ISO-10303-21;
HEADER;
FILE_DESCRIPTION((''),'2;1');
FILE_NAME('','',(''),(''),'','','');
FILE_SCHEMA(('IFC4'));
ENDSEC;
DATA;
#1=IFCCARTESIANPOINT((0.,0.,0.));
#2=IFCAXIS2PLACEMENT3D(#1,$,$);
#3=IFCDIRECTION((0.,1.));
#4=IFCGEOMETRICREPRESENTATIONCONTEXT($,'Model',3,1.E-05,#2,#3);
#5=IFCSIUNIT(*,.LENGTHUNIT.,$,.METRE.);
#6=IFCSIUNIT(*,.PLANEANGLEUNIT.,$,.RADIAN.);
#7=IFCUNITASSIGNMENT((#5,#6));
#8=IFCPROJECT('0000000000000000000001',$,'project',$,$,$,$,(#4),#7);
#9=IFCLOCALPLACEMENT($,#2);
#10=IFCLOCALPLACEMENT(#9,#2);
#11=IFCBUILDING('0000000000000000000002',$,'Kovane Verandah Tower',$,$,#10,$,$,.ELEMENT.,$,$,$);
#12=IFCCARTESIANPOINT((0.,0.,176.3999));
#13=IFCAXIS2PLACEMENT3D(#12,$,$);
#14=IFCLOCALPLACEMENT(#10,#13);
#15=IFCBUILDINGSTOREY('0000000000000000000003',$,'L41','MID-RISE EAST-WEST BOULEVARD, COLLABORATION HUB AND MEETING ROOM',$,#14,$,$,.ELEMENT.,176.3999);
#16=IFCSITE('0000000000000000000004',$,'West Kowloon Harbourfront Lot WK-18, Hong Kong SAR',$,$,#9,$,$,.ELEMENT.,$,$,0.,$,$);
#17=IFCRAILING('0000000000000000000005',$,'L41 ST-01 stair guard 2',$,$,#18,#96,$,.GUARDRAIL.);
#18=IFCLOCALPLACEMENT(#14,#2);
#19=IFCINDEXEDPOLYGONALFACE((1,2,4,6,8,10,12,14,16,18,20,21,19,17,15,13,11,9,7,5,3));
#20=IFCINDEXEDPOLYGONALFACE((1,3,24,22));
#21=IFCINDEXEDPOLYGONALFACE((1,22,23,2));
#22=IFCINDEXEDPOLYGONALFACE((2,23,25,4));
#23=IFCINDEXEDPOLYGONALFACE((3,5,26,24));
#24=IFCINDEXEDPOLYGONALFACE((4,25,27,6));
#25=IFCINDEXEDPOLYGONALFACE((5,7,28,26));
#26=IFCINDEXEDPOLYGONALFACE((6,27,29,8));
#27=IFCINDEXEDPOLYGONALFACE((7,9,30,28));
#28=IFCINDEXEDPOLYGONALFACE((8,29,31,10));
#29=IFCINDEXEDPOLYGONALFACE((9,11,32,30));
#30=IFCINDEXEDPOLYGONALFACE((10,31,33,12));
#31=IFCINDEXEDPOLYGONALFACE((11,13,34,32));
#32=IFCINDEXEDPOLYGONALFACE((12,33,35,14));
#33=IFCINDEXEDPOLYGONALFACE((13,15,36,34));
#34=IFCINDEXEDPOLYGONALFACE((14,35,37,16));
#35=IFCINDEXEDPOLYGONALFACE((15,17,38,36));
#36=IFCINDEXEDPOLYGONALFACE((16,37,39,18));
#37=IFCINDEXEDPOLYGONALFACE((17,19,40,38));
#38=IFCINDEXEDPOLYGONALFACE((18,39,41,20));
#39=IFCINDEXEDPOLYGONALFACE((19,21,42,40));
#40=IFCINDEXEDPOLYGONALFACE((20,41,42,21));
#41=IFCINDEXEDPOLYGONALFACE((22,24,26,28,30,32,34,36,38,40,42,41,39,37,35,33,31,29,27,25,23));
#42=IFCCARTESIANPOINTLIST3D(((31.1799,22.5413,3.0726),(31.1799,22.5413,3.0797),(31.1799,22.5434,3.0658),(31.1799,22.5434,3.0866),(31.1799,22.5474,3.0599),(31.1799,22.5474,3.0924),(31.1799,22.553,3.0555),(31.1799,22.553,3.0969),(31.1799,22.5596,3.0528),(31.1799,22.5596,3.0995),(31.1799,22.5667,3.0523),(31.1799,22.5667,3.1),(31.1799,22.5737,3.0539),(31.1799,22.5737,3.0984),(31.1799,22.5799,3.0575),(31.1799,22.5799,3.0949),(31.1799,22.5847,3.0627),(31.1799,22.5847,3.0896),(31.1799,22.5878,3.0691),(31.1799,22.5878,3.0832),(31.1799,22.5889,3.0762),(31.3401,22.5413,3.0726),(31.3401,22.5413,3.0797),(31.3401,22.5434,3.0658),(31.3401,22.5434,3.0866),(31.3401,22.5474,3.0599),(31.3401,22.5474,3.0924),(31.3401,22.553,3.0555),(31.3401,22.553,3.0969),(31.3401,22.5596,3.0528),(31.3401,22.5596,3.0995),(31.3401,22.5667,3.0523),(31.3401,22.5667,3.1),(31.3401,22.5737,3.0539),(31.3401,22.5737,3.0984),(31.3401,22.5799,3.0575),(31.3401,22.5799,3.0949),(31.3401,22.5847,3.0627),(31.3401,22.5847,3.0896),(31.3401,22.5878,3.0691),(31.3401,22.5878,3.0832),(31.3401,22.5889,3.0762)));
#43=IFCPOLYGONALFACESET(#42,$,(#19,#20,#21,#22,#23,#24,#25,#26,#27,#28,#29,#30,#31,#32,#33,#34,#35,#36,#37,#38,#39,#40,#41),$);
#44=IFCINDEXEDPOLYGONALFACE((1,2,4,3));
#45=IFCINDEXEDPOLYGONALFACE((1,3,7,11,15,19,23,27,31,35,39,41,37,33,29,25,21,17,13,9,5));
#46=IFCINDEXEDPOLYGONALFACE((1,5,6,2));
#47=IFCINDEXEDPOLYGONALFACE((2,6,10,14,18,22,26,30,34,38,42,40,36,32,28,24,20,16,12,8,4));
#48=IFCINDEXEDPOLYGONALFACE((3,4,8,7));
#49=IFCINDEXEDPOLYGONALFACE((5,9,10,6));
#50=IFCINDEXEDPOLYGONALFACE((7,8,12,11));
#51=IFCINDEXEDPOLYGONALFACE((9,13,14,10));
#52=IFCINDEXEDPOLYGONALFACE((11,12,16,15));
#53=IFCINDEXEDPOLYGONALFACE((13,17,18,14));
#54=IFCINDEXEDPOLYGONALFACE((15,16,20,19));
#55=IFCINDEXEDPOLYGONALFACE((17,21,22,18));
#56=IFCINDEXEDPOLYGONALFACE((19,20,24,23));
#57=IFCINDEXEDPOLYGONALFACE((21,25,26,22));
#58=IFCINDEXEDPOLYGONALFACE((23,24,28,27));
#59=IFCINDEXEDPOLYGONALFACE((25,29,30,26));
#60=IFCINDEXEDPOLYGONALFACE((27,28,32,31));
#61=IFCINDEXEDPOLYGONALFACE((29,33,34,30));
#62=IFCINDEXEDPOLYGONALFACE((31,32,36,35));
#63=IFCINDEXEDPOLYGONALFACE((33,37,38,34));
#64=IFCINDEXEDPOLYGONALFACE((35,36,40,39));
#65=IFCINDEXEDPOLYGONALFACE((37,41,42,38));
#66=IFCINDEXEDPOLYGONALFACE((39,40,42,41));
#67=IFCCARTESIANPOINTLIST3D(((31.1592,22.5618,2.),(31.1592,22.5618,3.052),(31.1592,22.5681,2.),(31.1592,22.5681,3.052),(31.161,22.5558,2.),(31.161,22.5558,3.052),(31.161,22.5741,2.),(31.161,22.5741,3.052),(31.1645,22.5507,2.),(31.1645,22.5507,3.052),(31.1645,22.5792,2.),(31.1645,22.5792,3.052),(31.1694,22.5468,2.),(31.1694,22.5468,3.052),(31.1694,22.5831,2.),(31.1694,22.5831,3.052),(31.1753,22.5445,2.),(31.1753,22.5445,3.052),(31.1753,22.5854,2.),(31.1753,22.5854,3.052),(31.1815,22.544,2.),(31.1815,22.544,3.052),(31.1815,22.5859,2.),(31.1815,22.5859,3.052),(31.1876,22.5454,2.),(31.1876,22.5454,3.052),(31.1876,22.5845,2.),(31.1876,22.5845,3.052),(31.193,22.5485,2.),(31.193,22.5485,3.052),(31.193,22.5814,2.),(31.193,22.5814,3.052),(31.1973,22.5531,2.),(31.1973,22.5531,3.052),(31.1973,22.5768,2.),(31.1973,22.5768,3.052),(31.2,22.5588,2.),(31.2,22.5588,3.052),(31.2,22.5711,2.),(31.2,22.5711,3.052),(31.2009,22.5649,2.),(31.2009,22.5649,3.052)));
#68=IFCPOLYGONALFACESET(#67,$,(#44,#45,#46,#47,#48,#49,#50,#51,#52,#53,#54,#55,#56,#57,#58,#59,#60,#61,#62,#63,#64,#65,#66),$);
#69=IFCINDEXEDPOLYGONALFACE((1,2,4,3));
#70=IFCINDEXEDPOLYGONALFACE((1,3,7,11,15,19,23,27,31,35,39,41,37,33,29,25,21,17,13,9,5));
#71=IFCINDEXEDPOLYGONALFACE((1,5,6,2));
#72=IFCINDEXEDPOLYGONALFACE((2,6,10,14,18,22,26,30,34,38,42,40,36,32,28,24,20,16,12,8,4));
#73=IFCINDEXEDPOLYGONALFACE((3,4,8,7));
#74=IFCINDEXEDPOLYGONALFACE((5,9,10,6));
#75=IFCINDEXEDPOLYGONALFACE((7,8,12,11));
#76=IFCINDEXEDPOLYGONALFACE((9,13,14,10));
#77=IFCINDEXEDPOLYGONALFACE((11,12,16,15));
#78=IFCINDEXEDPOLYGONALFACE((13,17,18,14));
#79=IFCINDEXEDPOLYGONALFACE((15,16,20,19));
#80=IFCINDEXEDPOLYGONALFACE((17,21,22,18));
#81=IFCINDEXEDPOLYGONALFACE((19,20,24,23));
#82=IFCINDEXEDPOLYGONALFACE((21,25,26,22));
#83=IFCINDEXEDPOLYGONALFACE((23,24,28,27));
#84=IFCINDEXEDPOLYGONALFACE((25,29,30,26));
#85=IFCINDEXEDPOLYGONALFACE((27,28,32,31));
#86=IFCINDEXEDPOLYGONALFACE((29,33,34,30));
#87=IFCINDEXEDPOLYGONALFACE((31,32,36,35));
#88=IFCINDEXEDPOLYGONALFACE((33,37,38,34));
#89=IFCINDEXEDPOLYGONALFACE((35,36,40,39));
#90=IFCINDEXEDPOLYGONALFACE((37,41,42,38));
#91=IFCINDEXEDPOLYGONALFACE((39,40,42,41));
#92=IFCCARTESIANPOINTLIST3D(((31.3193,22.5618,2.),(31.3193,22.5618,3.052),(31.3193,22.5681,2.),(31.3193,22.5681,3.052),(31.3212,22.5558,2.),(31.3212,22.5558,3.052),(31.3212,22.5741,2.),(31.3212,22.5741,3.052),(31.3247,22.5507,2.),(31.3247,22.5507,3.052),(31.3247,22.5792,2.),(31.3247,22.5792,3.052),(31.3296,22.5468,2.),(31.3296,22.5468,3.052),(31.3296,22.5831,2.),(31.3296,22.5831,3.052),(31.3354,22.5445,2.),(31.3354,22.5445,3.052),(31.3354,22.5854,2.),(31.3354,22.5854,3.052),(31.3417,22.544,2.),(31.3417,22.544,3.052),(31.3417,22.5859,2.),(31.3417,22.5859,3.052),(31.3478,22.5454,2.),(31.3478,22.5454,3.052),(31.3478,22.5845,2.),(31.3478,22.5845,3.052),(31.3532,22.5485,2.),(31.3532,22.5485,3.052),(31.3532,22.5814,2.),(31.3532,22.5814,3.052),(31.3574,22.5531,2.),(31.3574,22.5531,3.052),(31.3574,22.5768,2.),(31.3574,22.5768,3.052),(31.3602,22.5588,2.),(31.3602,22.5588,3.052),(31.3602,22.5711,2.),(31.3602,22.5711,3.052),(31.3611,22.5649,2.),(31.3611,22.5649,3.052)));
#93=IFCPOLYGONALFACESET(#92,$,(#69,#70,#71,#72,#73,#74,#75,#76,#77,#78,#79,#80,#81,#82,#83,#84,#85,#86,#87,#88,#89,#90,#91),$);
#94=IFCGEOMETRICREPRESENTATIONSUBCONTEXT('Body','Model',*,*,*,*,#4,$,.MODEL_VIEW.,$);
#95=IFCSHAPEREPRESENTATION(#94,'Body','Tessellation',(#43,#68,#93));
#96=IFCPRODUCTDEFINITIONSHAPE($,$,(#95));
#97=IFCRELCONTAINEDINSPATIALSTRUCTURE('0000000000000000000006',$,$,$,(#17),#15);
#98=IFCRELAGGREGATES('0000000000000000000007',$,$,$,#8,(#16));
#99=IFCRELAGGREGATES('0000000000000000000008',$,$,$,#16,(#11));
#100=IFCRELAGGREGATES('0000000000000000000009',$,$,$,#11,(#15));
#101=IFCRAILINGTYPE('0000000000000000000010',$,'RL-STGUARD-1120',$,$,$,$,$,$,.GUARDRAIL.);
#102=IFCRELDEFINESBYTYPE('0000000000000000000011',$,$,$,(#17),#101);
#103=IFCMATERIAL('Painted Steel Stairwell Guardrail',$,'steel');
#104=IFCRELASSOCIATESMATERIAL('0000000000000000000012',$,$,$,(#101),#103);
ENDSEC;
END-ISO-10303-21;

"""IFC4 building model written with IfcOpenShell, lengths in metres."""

from ifc_helpers import new_model, si_unit, direction, frame, origin, origin_2d, place, context, subcontext, project, spatial, circle, extrude, material, type_object, element, save


model = new_model("IFC4")

# Units and contexts
model_context = context("Model", 3, precision=1e-05, world=origin(), true_north=direction((0.0, 1.0)))
body_context = subcontext(model_context, "Body", "Model", "MODEL_VIEW")
ifc_project = project(units=[si_unit("LENGTHUNIT", "METRE"), si_unit("PLANEANGLEUNIT", "RADIAN")], contexts=[model_context])

# Site, building, storey
site_placement = place(None, origin())
site = spatial("IfcSite", under=ifc_project, at=site_placement, Name="West Kowloon Harbourfront Lot WK-18, Hong Kong SAR", CompositionType="ELEMENT", RefElevation=0.0)
building_placement = place(site_placement, origin())
building = spatial("IfcBuilding", under=site, at=building_placement, Name="Kovane Verandah Tower", CompositionType="ELEMENT")
storey_placement = place(building_placement, frame((0.0, 0.0, 176.3999)))
storey = spatial("IfcBuildingStorey", under=building, at=storey_placement, Name="L41", Description="MID-RISE EAST-WEST BOULEVARD, COLLABORATION HUB AND MEETING ROOM", CompositionType="ELEMENT", Elevation=176.3999)

# Railing
ifc_material_1 = material(Name="Painted Steel Stairwell Guardrail", Category="steel")
railing_type_1 = type_object("IfcRailingType", Name="RL-STGUARD-1120", PredefinedType="GUARDRAIL", material=ifc_material_1)
railing_1_placement = place(storey_placement, frame((31.1799, 22.5649, 2.0)))
element("IfcRailing", 1, at=railing_1_placement, inside=storey, type_object=railing_type_1, Name="L41 ST-01 stair guard 2", PredefinedType="GUARDRAIL", context=body_context, shape_type="SweptSolid", body=[
    extrude(circle(Radius=0.0239, at=origin_2d()), frame((0.0, 0.0, 1.0762), z_axis=(1.0, 0.0, 0.0), x_axis=(0.0, 1.0, 0.0)), (0.0, 0.0, 1.0), 0.1602),
    extrude(circle(Radius=0.021, at=origin_2d()), origin(), (0.0, 0.0, 1.0), 1.052),
    extrude(circle(Radius=0.021, at=origin_2d()), frame((0.1602, 0.0, 0.0)), (0.0, 0.0, 1.0), 1.052),
])

save(model, "model.ifc")
